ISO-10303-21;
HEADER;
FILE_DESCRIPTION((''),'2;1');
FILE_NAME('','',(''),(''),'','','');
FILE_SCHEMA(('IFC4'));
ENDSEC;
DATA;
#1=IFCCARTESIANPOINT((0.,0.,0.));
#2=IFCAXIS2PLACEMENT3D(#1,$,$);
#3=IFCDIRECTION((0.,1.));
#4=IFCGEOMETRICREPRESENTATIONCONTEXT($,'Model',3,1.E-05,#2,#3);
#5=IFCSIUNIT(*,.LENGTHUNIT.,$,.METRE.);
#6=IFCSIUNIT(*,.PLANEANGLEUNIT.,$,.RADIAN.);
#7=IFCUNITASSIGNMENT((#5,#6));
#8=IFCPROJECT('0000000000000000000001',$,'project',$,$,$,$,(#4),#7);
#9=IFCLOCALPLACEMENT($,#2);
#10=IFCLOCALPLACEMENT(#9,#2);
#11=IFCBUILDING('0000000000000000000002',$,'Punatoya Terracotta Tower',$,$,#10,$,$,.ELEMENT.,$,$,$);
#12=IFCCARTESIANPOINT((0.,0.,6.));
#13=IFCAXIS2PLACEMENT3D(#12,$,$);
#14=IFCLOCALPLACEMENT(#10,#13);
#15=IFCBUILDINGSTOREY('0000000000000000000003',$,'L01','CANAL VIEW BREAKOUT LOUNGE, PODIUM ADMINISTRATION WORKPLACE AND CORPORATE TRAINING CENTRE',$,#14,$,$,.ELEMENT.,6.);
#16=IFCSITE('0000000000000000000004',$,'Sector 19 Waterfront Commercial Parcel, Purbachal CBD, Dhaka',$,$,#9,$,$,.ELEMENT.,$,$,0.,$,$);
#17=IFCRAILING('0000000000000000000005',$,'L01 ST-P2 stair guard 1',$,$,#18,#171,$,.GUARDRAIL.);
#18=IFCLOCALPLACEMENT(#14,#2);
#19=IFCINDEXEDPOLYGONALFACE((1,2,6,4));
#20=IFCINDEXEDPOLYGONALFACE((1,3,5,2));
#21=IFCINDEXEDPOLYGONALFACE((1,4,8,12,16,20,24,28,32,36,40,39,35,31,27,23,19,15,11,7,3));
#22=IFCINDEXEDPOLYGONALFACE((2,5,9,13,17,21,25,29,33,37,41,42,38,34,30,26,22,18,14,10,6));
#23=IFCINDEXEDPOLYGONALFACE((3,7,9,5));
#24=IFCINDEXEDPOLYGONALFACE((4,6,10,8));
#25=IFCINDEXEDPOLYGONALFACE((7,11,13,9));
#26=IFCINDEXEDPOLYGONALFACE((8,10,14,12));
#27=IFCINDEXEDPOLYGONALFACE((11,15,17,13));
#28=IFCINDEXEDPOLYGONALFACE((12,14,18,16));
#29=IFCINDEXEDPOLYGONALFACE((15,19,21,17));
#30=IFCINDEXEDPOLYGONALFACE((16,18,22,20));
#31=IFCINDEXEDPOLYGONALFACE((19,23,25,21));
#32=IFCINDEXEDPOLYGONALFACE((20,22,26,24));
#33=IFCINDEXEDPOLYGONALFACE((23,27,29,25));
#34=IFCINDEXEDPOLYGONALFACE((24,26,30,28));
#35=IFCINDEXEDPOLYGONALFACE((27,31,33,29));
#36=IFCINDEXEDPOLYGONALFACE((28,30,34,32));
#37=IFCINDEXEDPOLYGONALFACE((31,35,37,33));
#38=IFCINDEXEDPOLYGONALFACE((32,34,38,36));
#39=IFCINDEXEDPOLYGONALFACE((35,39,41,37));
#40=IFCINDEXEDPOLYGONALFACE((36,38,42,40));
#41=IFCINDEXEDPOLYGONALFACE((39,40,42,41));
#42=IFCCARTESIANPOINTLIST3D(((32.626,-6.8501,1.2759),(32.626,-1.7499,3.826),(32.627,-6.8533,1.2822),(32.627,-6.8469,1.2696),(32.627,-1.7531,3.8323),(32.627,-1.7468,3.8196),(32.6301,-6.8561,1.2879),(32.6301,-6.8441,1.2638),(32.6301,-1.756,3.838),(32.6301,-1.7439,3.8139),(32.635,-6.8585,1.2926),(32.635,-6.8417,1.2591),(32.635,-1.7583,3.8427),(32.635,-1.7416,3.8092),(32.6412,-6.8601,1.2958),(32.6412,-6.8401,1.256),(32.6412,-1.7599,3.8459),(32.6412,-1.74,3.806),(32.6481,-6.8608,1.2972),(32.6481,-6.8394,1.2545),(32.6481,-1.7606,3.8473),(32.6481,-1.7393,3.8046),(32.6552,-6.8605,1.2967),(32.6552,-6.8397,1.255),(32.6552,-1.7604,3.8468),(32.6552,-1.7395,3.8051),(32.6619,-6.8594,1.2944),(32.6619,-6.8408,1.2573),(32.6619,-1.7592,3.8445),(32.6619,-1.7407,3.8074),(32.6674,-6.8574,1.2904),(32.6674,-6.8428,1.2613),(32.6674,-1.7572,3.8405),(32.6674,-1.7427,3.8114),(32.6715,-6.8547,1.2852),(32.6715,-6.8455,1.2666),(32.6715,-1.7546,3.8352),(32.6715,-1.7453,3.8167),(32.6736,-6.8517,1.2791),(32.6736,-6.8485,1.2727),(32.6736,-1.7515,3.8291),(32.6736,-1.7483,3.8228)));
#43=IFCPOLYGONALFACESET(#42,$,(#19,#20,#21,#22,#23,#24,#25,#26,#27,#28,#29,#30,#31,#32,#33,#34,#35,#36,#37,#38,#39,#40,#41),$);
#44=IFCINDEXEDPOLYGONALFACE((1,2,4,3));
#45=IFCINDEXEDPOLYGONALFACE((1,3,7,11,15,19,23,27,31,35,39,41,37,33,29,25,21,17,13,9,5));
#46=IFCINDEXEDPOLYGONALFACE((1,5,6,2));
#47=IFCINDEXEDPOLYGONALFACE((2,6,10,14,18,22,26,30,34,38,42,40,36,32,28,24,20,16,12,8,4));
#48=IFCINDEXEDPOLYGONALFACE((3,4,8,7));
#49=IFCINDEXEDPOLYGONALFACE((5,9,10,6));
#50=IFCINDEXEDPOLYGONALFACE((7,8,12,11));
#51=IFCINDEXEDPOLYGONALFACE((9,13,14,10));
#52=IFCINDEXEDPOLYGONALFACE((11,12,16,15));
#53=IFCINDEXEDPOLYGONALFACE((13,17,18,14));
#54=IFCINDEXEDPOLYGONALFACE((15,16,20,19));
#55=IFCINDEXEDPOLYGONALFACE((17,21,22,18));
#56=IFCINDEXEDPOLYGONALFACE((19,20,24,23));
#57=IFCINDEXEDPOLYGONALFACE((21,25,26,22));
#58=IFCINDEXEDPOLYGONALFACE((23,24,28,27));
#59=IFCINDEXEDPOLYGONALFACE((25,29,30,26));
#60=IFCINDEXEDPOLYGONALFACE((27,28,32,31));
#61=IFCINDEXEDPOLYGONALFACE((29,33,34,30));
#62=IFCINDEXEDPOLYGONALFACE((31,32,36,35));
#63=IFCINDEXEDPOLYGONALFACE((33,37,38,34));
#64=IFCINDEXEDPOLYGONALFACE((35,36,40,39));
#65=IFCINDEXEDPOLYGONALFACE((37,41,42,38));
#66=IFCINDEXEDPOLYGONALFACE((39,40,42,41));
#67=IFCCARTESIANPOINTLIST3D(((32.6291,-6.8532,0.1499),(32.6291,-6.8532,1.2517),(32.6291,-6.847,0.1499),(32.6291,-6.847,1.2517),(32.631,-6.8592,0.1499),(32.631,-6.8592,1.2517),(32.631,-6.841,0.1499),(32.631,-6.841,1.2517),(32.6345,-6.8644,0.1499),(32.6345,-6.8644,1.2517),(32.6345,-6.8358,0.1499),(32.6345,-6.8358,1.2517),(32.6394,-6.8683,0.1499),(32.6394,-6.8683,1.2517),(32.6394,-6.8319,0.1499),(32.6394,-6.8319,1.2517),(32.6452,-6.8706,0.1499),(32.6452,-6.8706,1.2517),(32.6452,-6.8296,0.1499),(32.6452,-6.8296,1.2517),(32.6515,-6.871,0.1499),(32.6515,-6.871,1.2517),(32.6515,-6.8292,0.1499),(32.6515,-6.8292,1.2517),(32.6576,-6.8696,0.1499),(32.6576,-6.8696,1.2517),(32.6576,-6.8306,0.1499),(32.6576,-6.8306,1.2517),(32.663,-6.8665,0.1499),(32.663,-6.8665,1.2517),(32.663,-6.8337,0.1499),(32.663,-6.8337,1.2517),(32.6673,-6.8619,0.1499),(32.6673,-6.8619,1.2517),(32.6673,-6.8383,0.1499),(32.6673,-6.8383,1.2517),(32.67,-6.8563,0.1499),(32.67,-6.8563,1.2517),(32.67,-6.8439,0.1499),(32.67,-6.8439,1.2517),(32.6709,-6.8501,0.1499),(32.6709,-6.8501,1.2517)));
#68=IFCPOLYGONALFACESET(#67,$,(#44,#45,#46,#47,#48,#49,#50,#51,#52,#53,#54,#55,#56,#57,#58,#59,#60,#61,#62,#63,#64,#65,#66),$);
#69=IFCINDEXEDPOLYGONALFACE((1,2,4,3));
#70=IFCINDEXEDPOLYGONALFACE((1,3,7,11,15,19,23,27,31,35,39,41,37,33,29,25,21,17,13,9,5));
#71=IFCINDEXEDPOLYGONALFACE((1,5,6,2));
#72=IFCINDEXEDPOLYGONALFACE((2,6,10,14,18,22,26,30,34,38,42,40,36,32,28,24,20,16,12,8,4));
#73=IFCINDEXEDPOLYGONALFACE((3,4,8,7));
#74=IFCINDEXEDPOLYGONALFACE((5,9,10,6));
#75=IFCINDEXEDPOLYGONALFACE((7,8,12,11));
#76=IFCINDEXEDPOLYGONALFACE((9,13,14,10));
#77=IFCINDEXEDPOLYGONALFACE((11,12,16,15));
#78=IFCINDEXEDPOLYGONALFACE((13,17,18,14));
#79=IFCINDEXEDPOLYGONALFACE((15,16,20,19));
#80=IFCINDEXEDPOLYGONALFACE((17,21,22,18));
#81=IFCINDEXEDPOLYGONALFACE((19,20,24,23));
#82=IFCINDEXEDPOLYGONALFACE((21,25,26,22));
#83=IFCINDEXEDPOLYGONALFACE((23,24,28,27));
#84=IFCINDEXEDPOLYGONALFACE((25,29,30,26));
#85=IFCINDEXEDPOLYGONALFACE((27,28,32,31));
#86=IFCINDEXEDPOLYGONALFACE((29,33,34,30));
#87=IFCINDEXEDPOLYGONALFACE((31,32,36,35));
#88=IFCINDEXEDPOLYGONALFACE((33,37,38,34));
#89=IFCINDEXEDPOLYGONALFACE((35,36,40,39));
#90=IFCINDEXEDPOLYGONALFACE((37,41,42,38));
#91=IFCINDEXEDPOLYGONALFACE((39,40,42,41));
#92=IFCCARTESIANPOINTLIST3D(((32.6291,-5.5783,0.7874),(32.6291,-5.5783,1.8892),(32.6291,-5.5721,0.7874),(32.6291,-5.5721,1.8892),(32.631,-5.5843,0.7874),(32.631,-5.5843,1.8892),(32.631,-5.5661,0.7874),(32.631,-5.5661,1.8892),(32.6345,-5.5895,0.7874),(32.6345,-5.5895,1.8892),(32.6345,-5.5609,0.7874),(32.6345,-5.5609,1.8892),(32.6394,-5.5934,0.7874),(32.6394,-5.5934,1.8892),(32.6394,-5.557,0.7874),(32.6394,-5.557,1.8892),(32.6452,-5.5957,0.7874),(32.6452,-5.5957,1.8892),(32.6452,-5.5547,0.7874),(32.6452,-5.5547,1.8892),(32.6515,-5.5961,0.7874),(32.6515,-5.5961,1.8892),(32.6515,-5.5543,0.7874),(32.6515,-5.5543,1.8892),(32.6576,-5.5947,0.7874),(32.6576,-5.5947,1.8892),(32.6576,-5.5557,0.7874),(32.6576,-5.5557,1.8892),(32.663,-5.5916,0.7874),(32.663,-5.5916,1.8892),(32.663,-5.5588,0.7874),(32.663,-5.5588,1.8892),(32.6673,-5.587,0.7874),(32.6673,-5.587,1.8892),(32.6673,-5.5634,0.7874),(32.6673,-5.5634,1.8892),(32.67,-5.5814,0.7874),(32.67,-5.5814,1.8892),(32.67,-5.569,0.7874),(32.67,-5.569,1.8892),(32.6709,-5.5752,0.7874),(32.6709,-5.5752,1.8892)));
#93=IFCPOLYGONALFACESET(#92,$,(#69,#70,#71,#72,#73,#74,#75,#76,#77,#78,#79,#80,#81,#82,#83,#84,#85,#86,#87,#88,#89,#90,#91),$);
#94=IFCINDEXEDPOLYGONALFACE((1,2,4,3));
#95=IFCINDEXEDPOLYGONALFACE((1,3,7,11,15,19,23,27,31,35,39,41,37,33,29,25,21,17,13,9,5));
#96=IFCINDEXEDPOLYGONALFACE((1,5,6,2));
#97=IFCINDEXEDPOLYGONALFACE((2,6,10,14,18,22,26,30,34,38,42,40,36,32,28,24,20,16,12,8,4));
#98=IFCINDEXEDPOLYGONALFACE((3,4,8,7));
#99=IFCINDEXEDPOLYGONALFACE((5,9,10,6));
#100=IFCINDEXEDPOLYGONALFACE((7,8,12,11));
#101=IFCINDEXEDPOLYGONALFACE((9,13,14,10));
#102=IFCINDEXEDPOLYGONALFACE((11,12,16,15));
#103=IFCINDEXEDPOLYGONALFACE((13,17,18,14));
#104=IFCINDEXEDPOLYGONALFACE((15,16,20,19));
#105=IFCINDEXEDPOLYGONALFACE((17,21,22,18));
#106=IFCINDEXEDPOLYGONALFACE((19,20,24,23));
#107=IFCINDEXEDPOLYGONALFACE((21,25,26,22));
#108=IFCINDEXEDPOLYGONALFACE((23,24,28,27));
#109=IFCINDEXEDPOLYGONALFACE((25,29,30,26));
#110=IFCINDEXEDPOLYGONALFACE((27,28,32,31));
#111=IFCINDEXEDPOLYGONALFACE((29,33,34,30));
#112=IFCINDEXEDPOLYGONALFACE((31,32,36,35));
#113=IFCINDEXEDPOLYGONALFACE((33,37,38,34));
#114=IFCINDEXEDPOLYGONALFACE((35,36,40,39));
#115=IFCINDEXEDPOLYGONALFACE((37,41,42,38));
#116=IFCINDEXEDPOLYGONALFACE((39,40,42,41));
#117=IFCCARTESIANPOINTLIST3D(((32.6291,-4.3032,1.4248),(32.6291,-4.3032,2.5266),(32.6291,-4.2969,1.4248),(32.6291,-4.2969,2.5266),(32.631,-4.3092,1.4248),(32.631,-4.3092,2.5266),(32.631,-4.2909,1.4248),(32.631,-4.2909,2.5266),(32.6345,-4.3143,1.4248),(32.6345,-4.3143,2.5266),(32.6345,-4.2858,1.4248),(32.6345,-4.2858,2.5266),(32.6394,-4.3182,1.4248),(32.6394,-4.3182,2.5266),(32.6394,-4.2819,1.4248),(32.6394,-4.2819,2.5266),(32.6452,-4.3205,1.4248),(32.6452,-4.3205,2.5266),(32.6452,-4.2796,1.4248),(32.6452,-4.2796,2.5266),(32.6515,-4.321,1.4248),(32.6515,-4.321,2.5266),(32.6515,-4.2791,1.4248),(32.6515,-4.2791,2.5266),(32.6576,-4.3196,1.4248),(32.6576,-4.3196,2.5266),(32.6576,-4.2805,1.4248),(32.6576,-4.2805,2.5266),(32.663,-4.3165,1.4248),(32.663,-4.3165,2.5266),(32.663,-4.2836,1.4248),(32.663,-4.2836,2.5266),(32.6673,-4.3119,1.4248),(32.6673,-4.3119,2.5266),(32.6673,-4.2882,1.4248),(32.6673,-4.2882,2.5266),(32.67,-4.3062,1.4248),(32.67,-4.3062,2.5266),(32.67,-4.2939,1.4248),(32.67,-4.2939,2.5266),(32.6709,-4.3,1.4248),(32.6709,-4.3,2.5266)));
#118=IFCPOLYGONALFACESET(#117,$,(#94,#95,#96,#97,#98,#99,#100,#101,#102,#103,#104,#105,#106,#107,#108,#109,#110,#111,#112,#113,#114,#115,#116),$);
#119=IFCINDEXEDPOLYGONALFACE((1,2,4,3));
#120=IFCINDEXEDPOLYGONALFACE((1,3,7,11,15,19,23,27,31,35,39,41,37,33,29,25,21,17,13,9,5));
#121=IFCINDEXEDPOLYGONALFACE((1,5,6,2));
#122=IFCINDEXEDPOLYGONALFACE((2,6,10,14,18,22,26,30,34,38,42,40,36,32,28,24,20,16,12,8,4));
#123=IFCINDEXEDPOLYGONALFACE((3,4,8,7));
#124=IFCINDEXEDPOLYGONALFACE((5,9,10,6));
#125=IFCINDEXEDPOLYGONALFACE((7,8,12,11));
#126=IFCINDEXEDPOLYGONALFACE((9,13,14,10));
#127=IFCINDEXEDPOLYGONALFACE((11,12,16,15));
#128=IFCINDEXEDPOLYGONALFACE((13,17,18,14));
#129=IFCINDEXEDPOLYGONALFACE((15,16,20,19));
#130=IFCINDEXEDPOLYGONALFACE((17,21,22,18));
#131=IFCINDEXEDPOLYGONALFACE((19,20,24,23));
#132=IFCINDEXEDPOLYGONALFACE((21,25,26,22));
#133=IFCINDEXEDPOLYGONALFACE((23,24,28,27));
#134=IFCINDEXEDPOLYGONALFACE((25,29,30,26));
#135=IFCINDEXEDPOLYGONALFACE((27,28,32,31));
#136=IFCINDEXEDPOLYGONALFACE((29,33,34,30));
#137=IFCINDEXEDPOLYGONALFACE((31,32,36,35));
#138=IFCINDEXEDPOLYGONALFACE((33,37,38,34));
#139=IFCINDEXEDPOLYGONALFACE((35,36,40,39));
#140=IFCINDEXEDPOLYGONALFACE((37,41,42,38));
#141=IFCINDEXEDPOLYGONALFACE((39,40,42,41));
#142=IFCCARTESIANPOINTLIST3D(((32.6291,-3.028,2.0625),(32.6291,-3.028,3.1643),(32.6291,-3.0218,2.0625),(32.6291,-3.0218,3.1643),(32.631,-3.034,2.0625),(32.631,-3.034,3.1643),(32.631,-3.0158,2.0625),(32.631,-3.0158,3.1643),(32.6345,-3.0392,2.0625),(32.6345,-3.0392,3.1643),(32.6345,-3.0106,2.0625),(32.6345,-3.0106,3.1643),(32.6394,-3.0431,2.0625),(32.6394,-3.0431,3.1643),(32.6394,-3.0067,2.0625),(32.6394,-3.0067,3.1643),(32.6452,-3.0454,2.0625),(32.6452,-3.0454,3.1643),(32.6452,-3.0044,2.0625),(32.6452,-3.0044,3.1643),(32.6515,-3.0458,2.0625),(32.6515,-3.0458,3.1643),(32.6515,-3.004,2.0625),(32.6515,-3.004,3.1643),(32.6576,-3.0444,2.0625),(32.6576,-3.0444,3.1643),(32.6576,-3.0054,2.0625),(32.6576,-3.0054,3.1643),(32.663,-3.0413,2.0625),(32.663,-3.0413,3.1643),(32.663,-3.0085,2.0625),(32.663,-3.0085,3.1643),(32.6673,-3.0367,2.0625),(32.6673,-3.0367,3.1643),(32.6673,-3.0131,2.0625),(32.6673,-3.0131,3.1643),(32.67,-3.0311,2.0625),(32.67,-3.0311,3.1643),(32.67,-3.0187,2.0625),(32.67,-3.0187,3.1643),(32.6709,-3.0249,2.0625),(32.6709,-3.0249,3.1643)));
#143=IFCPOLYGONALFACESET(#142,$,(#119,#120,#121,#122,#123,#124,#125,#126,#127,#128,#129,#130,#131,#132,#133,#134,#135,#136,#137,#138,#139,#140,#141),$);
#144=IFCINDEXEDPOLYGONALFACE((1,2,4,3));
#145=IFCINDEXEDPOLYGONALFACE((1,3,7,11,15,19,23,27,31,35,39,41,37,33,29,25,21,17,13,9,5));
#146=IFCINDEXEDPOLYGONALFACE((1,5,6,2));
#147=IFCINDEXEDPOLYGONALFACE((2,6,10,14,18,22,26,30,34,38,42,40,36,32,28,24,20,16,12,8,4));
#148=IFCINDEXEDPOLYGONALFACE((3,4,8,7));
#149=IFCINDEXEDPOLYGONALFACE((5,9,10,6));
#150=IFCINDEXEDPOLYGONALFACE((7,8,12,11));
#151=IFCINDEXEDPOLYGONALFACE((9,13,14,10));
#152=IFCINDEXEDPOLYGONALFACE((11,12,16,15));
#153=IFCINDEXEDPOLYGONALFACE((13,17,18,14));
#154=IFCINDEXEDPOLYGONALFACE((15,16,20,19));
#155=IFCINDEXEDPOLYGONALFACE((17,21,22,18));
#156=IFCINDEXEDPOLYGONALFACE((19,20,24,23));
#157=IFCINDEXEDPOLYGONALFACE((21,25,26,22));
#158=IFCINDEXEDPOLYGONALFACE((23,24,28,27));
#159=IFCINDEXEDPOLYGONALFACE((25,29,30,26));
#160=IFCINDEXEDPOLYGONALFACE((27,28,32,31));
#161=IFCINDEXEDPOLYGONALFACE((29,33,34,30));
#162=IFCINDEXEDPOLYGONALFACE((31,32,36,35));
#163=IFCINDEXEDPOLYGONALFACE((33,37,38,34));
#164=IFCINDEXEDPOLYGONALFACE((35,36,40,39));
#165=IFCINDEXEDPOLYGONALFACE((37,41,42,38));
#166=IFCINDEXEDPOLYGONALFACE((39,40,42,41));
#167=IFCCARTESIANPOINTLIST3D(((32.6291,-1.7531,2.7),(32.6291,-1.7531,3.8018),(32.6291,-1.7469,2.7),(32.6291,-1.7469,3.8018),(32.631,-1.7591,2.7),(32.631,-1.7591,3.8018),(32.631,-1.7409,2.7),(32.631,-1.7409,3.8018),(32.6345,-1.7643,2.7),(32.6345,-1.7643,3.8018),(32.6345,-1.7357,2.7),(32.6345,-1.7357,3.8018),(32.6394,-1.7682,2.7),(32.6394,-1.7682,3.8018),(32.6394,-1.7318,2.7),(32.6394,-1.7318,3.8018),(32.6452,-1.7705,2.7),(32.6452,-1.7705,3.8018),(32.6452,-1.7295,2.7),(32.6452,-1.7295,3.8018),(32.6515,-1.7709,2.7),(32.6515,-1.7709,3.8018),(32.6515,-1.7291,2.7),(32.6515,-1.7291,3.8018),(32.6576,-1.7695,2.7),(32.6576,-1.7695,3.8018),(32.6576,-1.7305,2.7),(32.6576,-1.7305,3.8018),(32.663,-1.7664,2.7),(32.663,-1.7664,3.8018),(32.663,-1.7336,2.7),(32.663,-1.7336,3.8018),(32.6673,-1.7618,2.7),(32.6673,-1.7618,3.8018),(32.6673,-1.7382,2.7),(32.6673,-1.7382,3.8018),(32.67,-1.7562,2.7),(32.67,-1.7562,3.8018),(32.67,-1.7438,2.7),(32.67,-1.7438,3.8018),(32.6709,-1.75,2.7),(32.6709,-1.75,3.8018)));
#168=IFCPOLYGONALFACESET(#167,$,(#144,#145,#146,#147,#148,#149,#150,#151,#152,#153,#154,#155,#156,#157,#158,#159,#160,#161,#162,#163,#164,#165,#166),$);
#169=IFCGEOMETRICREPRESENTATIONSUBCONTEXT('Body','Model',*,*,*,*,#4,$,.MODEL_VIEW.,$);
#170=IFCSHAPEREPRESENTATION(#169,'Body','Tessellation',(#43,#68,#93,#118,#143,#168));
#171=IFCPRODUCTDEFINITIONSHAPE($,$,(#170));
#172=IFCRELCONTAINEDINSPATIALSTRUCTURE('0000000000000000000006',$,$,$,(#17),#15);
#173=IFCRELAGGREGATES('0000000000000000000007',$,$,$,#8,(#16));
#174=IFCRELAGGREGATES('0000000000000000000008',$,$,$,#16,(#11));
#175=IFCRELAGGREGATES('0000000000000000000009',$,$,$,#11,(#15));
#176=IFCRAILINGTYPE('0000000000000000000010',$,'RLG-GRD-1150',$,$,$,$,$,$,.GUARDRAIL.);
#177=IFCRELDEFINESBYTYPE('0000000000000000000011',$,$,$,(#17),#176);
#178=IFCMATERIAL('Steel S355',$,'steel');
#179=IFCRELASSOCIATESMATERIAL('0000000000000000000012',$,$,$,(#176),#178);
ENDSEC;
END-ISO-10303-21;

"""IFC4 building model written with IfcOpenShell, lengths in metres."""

from ifc_helpers import new_model, si_unit, direction, frame, origin, origin_2d, place, context, subcontext, project, spatial, circle, extrude, material, type_object, element, save


model = new_model("IFC4")

# Units and contexts
model_context = context("Model", 3, precision=1e-05, world=origin(), true_north=direction((0.0, 1.0)))
body_context = subcontext(model_context, "Body", "Model", "MODEL_VIEW")
ifc_project = project(units=[si_unit("LENGTHUNIT", "METRE"), si_unit("PLANEANGLEUNIT", "RADIAN")], contexts=[model_context])

# Site, building, storey
site_placement = place(None, origin())
site = spatial("IfcSite", under=ifc_project, at=site_placement, Name="Sector 19 Waterfront Commercial Parcel, Purbachal CBD, Dhaka", CompositionType="ELEMENT", RefElevation=0.0)
building_placement = place(site_placement, origin())
building = spatial("IfcBuilding", under=site, at=building_placement, Name="Punatoya Terracotta Tower", CompositionType="ELEMENT")
storey_placement = place(building_placement, frame((0.0, 0.0, 6.0)))
storey = spatial("IfcBuildingStorey", under=building, at=storey_placement, Name="L01", Description="CANAL VIEW BREAKOUT LOUNGE, PODIUM ADMINISTRATION WORKPLACE AND CORPORATE TRAINING CENTRE", CompositionType="ELEMENT", Elevation=6.0)

# Shared definitions
ifc_material_1 = material(Name="Steel S355", Category="steel")

# Railing
railing_type_1 = type_object("IfcRailingType", Name="RLG-GRD-1150", PredefinedType="GUARDRAIL", material=ifc_material_1)
railing_1_placement = place(storey_placement, frame((32.6499, -6.8501, 0.1499)))
element("IfcRailing", 1, at=railing_1_placement, inside=storey, type_object=railing_type_1, Name="L01 ST-P2 stair guard 1", PredefinedType="GUARDRAIL", context=body_context, shape_type="SweptSolid", body=[
    extrude(circle(Radius=0.0239, at=origin_2d()), frame((0.0, 0.0, 1.126), z_axis=(0.0, 0.894427, 0.447214), x_axis=(-1.0, 0.0, 0.0)), (0.0, 0.0, 1.0), 5.7021),
    extrude(circle(Radius=0.021, at=origin_2d()), origin(), (0.0, 0.0, 1.0), 1.1018),
    extrude(circle(Radius=0.021, at=origin_2d()), frame((0.0, 1.2749, 0.6375)), (0.0, 0.0, 1.0), 1.1018),
    extrude(circle(Radius=0.021, at=origin_2d()), frame((0.0, 2.55, 1.2749)), (0.0, 0.0, 1.0), 1.1018),
    extrude(circle(Radius=0.021, at=origin_2d()), frame((0.0, 3.8252, 1.9126)), (0.0, 0.0, 1.0), 1.1018),
    extrude(circle(Radius=0.021, at=origin_2d()), frame((0.0, 5.1001, 2.55)), (0.0, 0.0, 1.0), 1.1018),
])

save(model, "model.ifc")
